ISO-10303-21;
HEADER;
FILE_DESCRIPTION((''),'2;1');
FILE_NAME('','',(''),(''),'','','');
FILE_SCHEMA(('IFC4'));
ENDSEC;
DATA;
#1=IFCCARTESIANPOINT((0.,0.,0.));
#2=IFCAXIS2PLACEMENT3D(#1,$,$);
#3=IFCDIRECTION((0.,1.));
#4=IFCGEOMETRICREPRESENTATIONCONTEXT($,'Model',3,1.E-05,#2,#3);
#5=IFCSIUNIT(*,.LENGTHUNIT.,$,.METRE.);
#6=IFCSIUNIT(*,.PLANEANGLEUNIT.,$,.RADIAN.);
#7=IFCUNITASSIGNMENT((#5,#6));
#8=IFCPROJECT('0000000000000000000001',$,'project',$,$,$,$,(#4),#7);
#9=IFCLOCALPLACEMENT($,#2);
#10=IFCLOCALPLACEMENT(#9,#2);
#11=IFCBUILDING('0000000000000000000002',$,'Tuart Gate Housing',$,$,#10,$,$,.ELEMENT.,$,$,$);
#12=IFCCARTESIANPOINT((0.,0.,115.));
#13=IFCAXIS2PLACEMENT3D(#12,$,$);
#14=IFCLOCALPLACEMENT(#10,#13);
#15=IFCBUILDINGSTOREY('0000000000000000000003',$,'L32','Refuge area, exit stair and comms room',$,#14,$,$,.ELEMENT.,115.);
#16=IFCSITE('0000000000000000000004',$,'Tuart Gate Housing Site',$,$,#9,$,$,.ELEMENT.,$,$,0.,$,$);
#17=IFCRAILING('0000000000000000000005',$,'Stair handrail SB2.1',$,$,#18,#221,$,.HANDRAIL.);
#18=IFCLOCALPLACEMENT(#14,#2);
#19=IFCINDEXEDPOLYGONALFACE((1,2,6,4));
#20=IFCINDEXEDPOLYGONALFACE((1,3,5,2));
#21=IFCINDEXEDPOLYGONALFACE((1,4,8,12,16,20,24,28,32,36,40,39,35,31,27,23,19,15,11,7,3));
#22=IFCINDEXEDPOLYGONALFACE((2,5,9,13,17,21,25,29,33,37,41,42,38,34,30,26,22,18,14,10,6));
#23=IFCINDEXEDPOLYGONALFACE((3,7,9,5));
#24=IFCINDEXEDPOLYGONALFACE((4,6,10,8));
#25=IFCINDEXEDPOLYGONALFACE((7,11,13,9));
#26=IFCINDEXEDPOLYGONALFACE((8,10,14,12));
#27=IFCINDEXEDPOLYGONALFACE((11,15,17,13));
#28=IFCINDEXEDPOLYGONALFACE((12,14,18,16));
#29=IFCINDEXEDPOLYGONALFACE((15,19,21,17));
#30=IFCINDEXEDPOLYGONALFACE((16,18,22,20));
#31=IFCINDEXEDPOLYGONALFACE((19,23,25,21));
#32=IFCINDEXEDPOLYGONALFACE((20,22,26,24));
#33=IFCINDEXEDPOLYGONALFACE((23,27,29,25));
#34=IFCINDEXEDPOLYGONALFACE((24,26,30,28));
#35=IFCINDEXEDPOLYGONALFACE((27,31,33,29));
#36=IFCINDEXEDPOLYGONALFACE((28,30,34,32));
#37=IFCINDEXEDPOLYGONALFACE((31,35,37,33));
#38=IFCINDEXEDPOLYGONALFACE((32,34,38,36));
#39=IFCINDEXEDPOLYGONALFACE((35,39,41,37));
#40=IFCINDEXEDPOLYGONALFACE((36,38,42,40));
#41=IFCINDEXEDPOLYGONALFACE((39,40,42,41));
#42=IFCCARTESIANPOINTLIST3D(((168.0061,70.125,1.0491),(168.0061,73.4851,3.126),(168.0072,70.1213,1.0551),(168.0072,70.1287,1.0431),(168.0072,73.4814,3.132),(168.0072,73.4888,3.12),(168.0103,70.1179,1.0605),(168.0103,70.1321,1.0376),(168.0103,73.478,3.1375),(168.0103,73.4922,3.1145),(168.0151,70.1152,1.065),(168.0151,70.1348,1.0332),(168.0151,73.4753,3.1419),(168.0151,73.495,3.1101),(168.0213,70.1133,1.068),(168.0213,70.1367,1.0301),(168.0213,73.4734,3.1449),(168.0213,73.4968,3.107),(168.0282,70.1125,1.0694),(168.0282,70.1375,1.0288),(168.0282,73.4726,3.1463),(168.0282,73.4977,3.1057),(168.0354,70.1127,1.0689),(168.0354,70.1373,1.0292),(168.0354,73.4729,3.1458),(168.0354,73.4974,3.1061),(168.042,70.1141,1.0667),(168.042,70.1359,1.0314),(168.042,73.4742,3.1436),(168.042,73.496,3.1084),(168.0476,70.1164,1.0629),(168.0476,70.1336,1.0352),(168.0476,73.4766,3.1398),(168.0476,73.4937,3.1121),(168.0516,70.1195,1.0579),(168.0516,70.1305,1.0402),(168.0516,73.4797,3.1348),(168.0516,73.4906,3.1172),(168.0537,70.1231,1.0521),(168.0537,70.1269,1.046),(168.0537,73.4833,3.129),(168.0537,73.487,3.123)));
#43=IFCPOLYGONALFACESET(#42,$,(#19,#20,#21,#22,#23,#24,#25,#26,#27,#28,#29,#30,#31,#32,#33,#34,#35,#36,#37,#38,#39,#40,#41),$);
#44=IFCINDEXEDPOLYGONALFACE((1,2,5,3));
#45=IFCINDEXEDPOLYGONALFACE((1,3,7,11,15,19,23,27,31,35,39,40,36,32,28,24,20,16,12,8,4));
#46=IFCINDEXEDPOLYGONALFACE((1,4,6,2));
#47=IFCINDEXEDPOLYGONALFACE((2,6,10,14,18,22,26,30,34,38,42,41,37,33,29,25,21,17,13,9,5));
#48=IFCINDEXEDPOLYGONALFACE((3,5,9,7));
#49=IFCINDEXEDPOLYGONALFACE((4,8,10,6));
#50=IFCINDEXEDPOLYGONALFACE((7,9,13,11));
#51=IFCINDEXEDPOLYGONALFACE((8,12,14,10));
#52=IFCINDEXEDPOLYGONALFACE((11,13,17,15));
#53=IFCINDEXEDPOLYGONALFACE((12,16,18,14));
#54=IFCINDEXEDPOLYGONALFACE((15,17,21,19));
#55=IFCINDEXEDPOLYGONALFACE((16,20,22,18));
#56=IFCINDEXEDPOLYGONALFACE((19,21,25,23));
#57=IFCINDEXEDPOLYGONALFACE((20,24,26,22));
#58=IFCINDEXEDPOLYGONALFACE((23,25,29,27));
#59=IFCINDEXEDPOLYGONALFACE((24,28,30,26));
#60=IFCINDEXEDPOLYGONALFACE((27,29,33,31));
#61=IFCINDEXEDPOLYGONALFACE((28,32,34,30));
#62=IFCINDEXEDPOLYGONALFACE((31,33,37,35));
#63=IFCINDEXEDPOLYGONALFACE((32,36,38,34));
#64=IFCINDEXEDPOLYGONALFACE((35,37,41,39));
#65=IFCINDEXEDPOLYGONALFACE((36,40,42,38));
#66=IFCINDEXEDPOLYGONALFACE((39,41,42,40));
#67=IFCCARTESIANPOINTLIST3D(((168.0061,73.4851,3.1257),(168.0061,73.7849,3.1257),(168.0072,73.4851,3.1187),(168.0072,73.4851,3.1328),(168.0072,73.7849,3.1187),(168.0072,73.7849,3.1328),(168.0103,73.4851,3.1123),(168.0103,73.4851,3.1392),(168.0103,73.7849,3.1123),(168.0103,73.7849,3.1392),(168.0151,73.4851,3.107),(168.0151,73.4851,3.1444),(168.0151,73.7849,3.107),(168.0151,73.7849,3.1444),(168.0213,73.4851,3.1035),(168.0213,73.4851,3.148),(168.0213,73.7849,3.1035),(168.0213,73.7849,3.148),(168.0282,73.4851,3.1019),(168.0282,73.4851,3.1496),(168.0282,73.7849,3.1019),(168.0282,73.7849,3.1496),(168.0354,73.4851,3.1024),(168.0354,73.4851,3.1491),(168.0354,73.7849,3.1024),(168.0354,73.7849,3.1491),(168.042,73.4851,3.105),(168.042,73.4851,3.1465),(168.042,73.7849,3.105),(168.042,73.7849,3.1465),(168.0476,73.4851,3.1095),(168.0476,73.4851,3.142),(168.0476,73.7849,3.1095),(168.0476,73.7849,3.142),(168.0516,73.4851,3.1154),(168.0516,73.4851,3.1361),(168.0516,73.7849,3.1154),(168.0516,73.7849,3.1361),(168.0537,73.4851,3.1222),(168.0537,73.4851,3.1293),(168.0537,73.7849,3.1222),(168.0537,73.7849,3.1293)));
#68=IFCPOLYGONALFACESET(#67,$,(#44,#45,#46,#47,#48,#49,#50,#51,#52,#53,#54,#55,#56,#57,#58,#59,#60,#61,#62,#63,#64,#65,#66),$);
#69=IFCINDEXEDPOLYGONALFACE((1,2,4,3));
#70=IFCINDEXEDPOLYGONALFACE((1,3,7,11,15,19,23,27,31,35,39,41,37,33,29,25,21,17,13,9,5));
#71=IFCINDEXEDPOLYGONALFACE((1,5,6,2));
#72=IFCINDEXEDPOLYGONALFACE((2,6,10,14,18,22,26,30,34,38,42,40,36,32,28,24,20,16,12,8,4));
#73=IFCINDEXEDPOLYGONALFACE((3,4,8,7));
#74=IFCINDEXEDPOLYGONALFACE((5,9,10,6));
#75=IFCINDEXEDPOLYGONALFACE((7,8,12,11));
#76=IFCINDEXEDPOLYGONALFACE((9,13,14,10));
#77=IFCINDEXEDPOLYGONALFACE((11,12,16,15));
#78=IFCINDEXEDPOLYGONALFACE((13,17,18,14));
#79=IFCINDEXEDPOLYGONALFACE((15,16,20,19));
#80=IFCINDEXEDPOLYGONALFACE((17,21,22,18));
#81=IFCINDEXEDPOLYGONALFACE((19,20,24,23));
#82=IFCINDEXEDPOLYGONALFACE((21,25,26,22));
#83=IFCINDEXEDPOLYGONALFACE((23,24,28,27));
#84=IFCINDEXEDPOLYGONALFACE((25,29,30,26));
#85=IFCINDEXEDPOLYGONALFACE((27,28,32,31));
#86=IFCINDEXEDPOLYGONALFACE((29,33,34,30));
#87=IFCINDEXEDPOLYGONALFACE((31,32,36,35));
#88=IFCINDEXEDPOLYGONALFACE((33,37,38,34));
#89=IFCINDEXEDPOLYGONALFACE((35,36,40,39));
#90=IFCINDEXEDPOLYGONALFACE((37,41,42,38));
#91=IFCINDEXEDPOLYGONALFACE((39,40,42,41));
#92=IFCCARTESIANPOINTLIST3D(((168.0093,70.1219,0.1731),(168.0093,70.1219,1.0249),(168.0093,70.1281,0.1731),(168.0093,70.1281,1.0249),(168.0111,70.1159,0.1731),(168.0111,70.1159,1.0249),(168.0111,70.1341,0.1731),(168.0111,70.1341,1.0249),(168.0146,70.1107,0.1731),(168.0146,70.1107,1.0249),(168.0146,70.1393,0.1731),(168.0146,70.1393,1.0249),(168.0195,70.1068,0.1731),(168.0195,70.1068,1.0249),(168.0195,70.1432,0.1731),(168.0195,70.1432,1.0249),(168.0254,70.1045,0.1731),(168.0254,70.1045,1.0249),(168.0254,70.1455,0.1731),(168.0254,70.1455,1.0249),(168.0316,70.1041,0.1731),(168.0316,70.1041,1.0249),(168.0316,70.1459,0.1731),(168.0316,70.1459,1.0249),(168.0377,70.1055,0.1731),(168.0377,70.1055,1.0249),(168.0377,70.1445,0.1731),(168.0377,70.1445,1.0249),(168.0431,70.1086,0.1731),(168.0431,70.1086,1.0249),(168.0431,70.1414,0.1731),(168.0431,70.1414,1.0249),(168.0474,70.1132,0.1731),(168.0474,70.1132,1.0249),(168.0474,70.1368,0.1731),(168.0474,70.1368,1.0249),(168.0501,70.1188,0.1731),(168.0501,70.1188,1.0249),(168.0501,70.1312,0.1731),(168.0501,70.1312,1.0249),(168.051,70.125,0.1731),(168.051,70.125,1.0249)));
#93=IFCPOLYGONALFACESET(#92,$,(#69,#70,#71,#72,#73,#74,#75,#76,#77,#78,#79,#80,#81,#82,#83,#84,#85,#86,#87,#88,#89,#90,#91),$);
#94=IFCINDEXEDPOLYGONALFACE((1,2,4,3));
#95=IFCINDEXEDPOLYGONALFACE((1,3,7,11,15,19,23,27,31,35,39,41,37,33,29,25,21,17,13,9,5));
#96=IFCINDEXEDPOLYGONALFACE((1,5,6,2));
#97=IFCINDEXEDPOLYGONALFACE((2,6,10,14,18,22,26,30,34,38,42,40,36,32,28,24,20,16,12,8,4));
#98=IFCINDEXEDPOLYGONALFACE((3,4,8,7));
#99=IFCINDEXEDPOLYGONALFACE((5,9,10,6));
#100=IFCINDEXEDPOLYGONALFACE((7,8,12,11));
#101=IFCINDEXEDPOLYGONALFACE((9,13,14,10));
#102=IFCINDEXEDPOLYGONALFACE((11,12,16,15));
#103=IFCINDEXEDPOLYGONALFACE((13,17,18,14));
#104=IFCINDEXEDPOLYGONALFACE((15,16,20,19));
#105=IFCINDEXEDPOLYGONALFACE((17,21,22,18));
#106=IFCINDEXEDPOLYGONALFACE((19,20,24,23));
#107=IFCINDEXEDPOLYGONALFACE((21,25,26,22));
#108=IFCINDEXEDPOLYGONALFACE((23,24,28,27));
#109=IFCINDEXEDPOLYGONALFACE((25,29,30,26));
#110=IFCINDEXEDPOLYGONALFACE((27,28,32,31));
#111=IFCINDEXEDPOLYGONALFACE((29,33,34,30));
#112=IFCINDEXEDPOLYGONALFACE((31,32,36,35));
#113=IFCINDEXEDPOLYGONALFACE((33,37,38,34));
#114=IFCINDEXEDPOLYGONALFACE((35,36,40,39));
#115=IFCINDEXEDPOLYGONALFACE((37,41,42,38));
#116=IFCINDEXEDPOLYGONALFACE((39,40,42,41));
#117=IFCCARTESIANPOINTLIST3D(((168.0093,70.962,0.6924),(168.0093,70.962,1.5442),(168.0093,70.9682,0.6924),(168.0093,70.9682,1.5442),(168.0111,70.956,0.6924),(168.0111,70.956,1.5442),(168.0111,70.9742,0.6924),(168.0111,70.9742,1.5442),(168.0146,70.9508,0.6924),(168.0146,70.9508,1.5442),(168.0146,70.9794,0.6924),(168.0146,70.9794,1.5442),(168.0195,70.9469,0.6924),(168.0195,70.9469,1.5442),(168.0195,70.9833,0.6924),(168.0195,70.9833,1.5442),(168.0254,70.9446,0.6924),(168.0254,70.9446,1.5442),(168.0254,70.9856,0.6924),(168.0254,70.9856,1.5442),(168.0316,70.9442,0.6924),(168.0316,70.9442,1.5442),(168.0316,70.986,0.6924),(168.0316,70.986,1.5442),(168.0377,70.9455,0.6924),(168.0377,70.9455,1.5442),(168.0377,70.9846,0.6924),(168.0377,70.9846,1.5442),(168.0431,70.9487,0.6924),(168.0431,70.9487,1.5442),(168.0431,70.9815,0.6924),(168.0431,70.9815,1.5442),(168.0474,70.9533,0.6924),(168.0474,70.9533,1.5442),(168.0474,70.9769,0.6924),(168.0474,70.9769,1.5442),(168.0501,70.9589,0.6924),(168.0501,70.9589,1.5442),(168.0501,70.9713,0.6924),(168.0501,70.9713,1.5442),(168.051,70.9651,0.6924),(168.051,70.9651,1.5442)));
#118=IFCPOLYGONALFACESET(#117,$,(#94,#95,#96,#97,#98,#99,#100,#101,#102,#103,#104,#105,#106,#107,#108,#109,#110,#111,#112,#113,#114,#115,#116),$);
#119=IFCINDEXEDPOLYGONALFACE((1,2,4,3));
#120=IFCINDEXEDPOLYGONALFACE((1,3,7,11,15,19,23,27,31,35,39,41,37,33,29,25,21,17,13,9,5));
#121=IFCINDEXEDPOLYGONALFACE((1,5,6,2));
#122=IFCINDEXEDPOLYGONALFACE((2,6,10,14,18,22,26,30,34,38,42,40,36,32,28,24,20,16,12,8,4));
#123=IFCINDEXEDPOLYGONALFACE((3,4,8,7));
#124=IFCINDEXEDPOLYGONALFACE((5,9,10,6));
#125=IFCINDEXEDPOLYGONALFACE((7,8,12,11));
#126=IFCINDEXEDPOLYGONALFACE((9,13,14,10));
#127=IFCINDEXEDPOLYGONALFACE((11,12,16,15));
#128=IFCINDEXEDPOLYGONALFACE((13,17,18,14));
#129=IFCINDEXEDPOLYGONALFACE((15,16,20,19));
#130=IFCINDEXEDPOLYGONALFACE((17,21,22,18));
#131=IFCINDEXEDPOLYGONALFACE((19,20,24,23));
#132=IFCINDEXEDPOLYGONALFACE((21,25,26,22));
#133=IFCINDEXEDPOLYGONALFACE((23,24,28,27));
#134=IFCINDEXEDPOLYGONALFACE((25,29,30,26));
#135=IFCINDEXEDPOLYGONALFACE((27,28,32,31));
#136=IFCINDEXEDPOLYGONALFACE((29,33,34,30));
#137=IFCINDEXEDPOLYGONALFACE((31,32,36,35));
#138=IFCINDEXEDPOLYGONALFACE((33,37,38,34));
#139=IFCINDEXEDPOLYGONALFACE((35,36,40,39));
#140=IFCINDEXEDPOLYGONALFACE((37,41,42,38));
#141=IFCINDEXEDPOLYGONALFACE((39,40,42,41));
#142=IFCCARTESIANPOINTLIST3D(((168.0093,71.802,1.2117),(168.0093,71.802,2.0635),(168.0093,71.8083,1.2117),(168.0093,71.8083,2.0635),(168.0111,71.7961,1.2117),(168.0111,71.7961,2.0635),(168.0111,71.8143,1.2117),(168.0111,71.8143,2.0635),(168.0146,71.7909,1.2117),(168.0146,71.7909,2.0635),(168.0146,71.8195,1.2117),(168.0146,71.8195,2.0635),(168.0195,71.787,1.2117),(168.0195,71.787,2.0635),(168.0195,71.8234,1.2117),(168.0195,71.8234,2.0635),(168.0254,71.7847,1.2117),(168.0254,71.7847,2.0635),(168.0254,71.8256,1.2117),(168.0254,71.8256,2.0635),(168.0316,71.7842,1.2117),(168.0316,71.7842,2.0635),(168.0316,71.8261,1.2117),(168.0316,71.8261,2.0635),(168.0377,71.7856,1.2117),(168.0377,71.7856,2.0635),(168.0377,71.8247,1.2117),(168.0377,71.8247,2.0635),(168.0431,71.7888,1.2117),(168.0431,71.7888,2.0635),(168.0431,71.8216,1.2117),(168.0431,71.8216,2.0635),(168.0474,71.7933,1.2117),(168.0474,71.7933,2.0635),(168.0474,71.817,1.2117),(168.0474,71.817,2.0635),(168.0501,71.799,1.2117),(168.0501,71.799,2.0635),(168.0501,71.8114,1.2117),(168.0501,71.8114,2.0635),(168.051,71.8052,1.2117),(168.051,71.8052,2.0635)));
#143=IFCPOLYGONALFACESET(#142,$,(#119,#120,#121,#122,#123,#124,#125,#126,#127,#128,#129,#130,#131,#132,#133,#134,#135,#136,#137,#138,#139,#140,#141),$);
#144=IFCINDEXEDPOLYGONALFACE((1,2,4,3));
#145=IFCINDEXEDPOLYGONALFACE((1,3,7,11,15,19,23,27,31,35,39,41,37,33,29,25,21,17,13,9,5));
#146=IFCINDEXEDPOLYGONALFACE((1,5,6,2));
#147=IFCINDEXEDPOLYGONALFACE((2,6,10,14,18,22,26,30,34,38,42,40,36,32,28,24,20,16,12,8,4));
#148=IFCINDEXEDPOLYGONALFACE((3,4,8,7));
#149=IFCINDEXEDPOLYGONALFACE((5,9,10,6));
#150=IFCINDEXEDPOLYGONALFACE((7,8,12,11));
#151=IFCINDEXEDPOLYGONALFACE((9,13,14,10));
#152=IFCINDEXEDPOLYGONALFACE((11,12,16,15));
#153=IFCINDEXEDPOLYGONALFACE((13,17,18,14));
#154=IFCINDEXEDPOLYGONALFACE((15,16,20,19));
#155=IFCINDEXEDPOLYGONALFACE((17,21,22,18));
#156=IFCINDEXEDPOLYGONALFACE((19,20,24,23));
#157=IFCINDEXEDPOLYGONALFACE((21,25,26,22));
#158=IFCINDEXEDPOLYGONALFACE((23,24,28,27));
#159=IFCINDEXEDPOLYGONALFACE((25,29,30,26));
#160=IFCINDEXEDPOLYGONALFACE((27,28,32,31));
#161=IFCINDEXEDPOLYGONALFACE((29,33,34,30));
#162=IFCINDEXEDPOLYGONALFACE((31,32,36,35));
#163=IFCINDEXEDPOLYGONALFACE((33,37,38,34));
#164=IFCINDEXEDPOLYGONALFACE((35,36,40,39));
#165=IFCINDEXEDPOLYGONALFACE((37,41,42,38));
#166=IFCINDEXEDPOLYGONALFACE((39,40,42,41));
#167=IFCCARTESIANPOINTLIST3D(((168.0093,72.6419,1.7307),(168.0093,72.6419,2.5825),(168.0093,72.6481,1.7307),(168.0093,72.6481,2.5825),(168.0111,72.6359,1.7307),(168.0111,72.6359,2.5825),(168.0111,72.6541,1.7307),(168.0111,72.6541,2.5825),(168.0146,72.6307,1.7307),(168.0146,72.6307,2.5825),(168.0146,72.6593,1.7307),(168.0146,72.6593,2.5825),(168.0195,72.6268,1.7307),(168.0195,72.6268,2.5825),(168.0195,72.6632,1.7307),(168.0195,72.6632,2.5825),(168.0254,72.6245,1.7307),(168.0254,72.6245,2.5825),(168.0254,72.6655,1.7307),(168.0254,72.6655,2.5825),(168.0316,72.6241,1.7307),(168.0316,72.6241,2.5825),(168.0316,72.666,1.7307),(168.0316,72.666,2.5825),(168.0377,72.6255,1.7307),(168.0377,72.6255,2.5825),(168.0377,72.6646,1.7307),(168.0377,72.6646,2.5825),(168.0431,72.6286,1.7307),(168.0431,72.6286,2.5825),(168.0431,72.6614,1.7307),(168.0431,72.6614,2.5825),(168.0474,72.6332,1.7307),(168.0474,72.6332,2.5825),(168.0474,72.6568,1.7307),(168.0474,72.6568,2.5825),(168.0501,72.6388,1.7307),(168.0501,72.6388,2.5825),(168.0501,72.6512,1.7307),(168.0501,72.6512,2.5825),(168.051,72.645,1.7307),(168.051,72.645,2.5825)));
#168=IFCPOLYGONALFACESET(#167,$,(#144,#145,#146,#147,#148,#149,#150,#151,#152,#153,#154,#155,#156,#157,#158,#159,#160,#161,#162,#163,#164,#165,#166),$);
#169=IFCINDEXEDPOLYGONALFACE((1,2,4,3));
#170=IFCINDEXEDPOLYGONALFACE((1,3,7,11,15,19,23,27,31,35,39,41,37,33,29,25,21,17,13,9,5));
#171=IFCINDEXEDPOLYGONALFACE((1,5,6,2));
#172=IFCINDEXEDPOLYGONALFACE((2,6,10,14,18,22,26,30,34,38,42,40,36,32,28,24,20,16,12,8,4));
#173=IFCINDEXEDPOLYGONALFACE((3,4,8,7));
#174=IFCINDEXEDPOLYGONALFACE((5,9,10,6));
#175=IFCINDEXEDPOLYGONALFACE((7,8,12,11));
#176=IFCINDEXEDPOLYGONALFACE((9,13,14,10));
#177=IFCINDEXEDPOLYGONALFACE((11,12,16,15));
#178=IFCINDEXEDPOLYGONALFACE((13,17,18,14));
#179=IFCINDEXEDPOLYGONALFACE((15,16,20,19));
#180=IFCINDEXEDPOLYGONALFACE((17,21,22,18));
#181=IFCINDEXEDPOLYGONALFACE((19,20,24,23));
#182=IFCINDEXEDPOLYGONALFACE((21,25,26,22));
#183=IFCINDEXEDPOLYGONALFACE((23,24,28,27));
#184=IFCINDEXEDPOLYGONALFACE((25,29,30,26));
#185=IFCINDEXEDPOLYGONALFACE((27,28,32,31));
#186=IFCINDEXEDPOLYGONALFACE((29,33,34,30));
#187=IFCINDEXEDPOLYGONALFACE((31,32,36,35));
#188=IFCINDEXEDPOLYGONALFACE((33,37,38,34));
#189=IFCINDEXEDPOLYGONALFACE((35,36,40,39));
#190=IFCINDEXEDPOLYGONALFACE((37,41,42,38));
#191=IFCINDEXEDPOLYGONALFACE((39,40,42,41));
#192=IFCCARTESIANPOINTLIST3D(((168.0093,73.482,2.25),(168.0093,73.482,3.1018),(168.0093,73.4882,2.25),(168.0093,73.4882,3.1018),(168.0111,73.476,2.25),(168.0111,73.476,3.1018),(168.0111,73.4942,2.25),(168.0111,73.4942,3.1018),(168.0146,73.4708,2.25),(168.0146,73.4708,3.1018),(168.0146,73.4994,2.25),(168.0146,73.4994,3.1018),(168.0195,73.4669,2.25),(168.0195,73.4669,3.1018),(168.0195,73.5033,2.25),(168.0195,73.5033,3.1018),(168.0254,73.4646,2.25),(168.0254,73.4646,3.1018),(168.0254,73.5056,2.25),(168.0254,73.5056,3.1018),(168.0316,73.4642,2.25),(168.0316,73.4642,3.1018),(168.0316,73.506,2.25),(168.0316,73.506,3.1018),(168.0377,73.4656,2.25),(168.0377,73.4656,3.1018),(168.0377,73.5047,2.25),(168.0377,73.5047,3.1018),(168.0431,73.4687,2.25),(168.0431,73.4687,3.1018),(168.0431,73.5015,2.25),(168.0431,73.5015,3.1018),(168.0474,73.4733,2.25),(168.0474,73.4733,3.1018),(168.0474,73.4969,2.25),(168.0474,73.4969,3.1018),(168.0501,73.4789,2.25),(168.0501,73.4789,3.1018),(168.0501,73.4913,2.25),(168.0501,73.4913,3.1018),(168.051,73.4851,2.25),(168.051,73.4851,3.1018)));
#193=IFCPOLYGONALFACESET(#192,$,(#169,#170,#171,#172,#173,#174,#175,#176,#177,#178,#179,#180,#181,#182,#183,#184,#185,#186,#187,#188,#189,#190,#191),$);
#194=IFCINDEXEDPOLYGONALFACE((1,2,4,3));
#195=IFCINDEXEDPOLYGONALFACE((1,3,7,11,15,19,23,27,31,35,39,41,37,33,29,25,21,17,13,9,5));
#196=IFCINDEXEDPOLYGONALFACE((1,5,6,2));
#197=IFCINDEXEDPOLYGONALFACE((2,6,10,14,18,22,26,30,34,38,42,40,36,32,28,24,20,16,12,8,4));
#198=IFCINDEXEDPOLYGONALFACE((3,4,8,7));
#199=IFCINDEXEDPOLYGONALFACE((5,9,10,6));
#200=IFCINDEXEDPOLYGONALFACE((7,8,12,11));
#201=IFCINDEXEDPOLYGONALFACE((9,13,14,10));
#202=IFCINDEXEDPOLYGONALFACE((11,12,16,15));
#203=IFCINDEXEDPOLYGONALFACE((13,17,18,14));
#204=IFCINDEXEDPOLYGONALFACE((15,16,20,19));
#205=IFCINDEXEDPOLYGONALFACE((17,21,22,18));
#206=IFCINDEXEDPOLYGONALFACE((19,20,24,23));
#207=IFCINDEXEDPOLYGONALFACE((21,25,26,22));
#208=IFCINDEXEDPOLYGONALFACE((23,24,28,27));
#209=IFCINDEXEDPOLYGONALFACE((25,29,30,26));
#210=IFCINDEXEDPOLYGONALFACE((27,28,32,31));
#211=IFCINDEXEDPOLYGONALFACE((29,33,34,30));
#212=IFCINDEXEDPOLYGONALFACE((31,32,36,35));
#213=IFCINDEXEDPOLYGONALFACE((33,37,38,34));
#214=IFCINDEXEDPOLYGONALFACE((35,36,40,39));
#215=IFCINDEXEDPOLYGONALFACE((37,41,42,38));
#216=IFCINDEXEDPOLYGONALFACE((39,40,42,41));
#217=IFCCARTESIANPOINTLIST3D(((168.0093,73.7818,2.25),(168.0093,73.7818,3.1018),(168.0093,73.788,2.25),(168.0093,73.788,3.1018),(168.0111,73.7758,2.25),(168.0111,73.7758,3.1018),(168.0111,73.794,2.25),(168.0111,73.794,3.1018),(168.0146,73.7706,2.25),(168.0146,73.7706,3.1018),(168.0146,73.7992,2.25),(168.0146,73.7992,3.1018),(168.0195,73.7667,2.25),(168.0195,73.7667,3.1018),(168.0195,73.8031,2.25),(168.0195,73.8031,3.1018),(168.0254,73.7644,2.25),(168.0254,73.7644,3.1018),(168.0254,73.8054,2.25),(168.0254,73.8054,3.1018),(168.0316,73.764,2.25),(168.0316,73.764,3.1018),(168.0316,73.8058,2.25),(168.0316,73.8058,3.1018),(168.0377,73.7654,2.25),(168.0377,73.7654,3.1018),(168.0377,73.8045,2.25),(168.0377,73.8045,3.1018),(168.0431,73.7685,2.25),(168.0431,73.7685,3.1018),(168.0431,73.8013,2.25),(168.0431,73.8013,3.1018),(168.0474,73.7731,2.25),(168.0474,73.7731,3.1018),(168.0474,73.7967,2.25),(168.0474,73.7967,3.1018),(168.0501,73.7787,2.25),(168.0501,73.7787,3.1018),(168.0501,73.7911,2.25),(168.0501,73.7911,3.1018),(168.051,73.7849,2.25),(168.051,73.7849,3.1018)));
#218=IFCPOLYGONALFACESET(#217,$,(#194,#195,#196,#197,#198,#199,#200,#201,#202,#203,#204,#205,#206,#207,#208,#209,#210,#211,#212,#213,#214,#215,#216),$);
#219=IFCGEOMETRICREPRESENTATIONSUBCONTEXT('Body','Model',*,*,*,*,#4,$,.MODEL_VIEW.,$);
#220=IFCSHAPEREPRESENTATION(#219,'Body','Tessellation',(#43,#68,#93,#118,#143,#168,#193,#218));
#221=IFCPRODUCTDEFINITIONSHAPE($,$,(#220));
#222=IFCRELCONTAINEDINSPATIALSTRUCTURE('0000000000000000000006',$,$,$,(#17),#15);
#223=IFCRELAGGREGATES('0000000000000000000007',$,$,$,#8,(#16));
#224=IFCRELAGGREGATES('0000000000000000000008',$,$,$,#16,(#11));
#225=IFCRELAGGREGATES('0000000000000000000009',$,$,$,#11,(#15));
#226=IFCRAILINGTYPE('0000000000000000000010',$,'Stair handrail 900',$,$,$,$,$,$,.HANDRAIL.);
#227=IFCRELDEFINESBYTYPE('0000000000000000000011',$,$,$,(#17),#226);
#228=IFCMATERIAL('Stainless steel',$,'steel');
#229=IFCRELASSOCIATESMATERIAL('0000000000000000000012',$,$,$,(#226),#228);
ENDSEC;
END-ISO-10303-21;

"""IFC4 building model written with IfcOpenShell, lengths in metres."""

from ifc_helpers import new_model, si_unit, direction, frame, origin, origin_2d, place, context, subcontext, project, spatial, circle, extrude, material, type_object, element, save


model = new_model("IFC4")

# Units and contexts
model_context = context("Model", 3, precision=1e-05, world=origin(), true_north=direction((0.0, 1.0)))
body_context = subcontext(model_context, "Body", "Model", "MODEL_VIEW")
ifc_project = project(units=[si_unit("LENGTHUNIT", "METRE"), si_unit("PLANEANGLEUNIT", "RADIAN")], contexts=[model_context])

# Site, building, storey
site_placement = place(None, origin())
site = spatial("IfcSite", under=ifc_project, at=site_placement, Name="Tuart Gate Housing Site", CompositionType="ELEMENT", RefElevation=0.0)
building_placement = place(site_placement, origin())
building = spatial("IfcBuilding", under=site, at=building_placement, Name="Tuart Gate Housing", CompositionType="ELEMENT")
storey_placement = place(building_placement, frame((0.0, 0.0, 115.0)))
storey = spatial("IfcBuildingStorey", under=building, at=storey_placement, Name="L32", Description="Refuge area, exit stair and comms room", CompositionType="ELEMENT", Elevation=115.0)

# Railing
ifc_material_1 = material(Name="Stainless steel", Category="steel")
railing_type = type_object("IfcRailingType", Name="Stair handrail 900", PredefinedType="HANDRAIL", material=ifc_material_1)
railing_placement = place(storey_placement, frame((168.03, 70.125, 0.1731)))
element("IfcRailing", 1, at=railing_placement, inside=storey, type_object=railing_type, Name="Stair handrail SB2.1", PredefinedType="HANDRAIL", context=body_context, shape_type="SweptSolid", body=[
    extrude(circle(Radius=0.0239, at=origin_2d()), frame((0.0, 0.0, 0.876), z_axis=(0.0, 0.850623, 0.525776), x_axis=(-1.0, 0.0, 0.0)), (0.0, 0.0, 1.0), 3.9502),
    extrude(circle(Radius=0.0239, at=origin_2d()), frame((0.0, 3.3601, 2.9526), z_axis=(0.0, 1.0, 0.0), x_axis=(-1.0, 0.0, 0.0)), (0.0, 0.0, 1.0), 0.2998),
    extrude(circle(Radius=0.021, at=origin_2d()), origin(), (0.0, 0.0, 1.0), 0.8518),
    extrude(circle(Radius=0.021, at=origin_2d()), frame((0.0, 0.8401, 0.5193)), (0.0, 0.0, 1.0), 0.8518),
    extrude(circle(Radius=0.021, at=origin_2d()), frame((0.0, 1.6802, 1.0386)), (0.0, 0.0, 1.0), 0.8518),
    extrude(circle(Radius=0.021, at=origin_2d()), frame((0.0, 2.52, 1.5576)), (0.0, 0.0, 1.0), 0.8518),
    extrude(circle(Radius=0.021, at=origin_2d()), frame((0.0, 3.3601, 2.0769)), (0.0, 0.0, 1.0), 0.8518),
    extrude(circle(Radius=0.021, at=origin_2d()), frame((0.0, 3.6599, 2.0769)), (0.0, 0.0, 1.0), 0.8518),
])

save(model, "model.ifc")
